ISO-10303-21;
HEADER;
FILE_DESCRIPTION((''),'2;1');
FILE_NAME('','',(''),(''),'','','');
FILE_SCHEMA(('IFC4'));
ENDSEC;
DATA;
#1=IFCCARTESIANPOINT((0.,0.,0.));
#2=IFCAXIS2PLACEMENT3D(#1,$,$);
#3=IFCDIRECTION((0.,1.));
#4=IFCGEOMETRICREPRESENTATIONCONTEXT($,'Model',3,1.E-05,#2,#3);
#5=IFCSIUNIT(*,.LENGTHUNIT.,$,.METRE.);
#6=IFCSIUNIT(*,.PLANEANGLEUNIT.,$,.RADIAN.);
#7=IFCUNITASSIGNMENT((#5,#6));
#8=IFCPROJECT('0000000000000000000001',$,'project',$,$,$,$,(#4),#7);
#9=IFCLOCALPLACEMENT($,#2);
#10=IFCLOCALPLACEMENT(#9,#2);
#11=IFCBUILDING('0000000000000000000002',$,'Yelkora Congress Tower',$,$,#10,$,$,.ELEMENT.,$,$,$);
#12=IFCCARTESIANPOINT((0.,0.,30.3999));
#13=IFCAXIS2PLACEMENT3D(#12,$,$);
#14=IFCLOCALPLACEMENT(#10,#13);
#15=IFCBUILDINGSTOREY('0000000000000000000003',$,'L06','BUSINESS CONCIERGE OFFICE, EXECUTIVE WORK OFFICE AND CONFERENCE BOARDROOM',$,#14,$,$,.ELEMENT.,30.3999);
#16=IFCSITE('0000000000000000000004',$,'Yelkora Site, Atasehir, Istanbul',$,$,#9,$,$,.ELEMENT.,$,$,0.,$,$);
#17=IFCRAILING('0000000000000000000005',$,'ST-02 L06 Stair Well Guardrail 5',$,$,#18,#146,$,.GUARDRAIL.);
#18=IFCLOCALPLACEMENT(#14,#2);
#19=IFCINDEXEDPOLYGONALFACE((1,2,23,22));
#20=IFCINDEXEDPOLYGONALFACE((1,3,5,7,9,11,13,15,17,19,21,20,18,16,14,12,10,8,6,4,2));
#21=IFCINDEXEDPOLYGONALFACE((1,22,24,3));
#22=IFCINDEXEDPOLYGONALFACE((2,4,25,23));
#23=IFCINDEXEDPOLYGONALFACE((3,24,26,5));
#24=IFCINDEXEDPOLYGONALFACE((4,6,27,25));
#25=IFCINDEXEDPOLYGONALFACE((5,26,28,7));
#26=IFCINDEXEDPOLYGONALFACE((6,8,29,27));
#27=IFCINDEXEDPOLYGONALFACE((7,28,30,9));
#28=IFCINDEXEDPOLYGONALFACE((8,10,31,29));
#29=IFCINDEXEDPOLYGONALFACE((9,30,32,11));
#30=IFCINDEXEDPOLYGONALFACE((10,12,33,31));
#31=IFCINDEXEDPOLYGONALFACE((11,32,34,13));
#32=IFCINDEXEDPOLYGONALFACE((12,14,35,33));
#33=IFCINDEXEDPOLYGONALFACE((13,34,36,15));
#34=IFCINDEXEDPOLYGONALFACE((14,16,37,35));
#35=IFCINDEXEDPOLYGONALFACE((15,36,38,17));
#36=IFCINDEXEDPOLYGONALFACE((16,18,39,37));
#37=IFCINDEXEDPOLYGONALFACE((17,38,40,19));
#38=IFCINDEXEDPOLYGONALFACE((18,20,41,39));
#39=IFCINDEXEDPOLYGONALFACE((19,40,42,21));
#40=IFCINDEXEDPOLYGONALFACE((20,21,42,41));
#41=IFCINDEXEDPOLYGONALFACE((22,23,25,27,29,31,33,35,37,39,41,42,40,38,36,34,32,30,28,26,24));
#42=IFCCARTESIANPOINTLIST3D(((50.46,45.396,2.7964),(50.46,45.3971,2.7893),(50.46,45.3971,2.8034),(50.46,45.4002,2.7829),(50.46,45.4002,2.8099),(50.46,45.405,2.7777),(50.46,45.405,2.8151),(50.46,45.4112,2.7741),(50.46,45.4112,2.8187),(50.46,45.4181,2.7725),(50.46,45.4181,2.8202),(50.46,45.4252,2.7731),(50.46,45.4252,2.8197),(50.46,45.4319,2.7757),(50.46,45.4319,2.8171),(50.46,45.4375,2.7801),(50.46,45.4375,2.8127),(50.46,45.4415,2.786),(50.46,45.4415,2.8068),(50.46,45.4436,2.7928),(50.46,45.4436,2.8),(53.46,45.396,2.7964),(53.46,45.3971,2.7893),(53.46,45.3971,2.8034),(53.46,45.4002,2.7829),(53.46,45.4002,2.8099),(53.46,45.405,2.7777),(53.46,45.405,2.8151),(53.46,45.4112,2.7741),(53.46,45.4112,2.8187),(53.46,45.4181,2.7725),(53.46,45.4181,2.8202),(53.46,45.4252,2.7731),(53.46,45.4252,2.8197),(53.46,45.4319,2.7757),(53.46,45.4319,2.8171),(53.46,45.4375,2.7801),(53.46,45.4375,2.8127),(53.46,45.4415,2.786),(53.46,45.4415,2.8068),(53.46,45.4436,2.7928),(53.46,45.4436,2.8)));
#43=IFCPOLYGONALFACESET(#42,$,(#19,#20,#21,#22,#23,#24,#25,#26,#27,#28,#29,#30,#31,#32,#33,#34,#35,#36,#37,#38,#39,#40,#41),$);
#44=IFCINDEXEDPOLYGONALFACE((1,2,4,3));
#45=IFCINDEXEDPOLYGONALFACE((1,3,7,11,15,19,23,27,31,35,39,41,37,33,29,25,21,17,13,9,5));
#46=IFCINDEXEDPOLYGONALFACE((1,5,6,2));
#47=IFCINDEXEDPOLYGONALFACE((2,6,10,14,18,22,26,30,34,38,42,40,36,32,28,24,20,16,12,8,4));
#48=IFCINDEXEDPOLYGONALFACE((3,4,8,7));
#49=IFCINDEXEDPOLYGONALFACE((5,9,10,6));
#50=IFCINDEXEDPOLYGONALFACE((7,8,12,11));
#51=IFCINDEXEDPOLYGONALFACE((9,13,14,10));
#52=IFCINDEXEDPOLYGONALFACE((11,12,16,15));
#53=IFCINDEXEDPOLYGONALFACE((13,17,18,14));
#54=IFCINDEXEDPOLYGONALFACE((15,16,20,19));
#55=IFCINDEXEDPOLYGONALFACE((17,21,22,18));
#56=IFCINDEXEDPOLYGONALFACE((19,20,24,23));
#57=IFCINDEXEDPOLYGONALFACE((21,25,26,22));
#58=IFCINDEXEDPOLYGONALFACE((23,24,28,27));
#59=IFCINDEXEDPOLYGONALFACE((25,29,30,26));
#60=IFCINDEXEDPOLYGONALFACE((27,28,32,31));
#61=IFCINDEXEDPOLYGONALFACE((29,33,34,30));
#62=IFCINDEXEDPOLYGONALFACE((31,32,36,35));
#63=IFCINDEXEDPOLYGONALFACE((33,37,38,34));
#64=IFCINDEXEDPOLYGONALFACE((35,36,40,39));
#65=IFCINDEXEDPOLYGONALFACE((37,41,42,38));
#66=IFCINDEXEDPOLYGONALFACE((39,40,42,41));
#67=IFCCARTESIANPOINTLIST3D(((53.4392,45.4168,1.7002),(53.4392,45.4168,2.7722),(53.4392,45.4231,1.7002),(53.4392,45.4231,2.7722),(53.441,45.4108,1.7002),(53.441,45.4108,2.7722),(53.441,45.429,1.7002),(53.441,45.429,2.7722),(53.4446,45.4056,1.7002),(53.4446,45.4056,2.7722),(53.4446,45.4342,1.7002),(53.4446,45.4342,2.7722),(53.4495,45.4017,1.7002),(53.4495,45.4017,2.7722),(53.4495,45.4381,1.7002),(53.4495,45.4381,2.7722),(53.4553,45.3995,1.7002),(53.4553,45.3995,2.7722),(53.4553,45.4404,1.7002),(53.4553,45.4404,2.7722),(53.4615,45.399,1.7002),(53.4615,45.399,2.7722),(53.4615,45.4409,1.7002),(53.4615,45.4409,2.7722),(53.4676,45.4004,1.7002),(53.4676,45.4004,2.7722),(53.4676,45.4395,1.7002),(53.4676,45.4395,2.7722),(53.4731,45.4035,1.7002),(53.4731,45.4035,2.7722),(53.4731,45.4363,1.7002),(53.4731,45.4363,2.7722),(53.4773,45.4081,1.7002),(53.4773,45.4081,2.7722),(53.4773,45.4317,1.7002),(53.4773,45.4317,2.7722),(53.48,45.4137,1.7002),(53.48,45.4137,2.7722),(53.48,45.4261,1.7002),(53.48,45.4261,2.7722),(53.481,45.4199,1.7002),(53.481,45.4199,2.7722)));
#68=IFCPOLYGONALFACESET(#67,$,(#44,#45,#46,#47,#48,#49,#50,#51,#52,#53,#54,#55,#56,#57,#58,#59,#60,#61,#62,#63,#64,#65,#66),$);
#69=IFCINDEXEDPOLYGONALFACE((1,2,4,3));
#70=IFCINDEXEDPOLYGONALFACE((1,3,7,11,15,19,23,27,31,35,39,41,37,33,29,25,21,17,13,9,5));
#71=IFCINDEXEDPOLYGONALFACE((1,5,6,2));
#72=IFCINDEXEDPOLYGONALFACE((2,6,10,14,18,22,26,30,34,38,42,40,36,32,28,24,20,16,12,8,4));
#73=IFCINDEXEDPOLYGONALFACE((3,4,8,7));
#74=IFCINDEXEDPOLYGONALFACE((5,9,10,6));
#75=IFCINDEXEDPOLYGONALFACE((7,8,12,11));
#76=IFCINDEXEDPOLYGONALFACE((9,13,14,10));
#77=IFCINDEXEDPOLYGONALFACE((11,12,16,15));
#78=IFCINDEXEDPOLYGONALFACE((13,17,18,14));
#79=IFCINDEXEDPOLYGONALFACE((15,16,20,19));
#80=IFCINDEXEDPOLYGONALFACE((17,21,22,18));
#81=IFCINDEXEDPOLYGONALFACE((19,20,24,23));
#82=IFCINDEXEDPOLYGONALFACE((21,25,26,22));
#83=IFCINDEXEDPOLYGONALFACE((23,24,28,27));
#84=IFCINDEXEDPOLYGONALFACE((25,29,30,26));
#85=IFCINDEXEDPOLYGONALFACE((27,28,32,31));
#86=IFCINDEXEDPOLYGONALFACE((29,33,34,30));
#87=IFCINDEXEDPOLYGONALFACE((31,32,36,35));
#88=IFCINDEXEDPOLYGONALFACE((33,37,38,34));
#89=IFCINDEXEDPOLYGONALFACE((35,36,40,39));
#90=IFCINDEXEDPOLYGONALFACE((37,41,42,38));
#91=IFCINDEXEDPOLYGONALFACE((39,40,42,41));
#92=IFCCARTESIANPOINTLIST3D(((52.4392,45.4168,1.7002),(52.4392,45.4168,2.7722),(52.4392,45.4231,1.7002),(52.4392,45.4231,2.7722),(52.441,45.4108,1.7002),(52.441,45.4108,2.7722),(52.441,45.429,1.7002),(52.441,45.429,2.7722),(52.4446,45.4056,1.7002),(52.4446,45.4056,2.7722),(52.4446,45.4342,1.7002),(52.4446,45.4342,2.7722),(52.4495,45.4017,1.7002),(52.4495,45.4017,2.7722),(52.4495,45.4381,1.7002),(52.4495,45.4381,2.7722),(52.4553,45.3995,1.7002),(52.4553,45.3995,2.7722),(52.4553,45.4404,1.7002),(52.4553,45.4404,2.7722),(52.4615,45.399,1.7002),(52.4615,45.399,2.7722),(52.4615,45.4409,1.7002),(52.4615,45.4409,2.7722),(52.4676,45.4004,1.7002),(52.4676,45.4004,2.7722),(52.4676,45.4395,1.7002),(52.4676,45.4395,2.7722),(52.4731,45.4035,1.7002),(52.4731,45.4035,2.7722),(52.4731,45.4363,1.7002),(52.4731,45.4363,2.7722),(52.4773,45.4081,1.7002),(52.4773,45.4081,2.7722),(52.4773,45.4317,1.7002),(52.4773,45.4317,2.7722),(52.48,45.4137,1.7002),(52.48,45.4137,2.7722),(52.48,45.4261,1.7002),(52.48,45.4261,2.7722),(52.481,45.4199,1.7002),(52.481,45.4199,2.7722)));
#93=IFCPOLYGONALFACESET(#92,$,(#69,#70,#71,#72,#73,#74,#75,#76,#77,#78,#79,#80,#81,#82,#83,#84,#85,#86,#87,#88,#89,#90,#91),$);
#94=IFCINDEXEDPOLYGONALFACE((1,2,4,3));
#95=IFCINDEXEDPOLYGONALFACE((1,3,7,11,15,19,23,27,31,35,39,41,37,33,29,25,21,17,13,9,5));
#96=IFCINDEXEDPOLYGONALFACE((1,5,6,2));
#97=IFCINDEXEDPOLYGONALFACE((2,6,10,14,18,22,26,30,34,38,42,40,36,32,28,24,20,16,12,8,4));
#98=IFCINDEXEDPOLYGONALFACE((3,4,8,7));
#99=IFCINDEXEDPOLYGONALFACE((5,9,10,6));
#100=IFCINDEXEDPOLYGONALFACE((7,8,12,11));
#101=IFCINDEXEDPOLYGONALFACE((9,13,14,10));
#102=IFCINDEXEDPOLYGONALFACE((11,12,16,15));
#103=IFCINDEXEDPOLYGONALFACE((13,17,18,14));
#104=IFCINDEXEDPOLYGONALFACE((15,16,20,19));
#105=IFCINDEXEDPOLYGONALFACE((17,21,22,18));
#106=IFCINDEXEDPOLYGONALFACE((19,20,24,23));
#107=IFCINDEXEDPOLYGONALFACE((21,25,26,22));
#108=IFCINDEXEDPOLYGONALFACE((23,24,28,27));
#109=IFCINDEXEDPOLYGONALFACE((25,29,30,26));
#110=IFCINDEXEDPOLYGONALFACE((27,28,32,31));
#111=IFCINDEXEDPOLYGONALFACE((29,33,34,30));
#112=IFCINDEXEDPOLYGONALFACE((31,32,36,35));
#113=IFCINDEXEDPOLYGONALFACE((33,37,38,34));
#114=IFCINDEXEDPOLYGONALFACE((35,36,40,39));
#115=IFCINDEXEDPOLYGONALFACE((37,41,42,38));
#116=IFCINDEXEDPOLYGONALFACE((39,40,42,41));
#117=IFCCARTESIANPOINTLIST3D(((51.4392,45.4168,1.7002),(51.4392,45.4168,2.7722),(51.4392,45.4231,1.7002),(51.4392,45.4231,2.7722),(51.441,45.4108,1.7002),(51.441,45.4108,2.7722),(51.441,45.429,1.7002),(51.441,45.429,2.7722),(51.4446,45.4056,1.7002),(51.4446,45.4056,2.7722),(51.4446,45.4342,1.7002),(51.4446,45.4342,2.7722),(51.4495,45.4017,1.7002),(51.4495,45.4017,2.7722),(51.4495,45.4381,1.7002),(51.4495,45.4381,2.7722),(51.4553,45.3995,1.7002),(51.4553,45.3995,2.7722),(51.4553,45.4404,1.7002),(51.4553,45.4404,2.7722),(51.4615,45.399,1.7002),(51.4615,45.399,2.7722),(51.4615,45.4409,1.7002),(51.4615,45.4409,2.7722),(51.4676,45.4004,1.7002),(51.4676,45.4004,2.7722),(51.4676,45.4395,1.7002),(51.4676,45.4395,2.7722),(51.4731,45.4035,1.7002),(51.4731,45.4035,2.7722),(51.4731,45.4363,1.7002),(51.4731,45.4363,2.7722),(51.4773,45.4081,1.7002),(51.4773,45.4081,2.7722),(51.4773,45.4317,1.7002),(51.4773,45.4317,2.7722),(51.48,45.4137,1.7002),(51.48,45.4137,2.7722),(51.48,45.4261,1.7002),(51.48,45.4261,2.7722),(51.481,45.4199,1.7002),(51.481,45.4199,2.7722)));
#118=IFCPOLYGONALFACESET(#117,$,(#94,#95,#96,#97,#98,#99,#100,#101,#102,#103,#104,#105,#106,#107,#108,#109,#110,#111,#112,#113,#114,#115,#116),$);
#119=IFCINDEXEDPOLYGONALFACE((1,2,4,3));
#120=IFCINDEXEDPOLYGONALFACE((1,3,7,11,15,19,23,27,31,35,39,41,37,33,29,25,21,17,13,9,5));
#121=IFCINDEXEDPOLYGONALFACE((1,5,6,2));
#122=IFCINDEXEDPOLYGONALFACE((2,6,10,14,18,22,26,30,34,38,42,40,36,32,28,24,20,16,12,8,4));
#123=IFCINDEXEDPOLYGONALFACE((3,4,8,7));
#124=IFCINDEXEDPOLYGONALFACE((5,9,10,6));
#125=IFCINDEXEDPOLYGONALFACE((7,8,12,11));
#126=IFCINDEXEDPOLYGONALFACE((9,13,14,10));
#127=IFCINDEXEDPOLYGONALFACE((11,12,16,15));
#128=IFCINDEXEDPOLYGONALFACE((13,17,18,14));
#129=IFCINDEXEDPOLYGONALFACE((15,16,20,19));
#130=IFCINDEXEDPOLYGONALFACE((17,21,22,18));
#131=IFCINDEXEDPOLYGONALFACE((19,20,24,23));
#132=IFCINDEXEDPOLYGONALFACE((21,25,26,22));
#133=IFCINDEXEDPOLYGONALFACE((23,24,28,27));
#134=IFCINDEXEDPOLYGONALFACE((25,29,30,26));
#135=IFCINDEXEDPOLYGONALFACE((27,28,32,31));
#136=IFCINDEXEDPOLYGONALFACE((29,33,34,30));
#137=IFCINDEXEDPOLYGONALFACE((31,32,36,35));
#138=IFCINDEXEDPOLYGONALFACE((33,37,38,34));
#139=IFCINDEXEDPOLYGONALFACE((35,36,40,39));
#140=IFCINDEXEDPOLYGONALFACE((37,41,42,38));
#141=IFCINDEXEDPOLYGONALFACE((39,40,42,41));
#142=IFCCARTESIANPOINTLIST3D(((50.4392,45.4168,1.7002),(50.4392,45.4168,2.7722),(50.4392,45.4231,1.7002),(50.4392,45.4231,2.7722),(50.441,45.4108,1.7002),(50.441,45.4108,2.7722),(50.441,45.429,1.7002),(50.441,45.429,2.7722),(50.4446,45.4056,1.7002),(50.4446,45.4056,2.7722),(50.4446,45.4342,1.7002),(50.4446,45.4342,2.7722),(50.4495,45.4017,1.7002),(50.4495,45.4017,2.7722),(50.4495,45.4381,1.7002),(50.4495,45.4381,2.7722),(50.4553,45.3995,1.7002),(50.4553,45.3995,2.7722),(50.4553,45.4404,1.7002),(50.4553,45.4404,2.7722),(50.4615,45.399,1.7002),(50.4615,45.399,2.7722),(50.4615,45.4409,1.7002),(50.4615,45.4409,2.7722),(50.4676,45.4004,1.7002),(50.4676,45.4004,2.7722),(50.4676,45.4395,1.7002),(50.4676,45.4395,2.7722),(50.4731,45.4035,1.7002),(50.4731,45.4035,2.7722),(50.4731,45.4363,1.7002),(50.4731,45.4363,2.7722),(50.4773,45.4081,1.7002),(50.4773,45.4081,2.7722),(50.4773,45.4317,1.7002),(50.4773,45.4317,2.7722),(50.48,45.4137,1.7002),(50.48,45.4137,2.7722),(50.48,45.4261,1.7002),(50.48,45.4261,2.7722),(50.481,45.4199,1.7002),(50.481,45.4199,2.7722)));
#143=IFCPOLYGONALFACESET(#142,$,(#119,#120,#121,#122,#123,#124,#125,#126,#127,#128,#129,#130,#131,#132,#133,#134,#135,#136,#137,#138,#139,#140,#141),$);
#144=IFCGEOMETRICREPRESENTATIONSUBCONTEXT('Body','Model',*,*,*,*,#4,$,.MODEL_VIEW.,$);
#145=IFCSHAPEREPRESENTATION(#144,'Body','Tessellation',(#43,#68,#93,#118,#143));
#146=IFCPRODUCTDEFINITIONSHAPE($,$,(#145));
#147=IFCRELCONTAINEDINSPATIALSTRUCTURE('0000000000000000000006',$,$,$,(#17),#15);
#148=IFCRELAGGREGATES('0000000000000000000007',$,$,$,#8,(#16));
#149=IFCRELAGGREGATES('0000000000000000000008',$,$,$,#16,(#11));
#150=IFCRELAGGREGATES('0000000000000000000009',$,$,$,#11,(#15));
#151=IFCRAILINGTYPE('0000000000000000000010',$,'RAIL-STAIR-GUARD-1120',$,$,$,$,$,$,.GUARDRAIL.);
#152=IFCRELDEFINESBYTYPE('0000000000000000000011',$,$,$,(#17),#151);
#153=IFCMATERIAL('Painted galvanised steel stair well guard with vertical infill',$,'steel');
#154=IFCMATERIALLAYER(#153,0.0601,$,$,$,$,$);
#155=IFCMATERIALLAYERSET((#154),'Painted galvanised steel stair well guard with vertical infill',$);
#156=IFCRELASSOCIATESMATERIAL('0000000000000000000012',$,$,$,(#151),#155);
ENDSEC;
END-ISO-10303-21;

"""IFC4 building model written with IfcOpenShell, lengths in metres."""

from ifc_helpers import new_model, si_unit, direction, frame, origin, origin_2d, place, context, subcontext, project, spatial, circle, extrude, material, layer, layer_set, type_object, element, save


model = new_model("IFC4")

# Units and contexts
model_context = context("Model", 3, precision=1e-05, world=origin(), true_north=direction((0.0, 1.0)))
body_context = subcontext(model_context, "Body", "Model", "MODEL_VIEW")
ifc_project = project(units=[si_unit("LENGTHUNIT", "METRE"), si_unit("PLANEANGLEUNIT", "RADIAN")], contexts=[model_context])

# Site, building, storey
site_placement = place(None, origin())
site = spatial("IfcSite", under=ifc_project, at=site_placement, Name="Yelkora Site, Atasehir, Istanbul", CompositionType="ELEMENT", RefElevation=0.0)
building_placement = place(site_placement, origin())
building = spatial("IfcBuilding", under=site, at=building_placement, Name="Yelkora Congress Tower", CompositionType="ELEMENT")
storey_placement = place(building_placement, frame((0.0, 0.0, 30.3999)))
storey = spatial("IfcBuildingStorey", under=building, at=storey_placement, Name="L06", Description="BUSINESS CONCIERGE OFFICE, EXECUTIVE WORK OFFICE AND CONFERENCE BOARDROOM", CompositionType="ELEMENT", Elevation=30.3999)

# Railing
ifc_material_1 = material(Name="Painted galvanised steel stair well guard with vertical infill", Category="steel")
ifc_layer_1 = layer(ifc_material_1, 0.0601)
ifc_layer_set_1 = layer_set([ifc_layer_1], Name="Painted galvanised steel stair well guard with vertical infill")
railing_type_1 = type_object("IfcRailingType", Name="RAIL-STAIR-GUARD-1120", PredefinedType="GUARDRAIL", material=ifc_layer_set_1)
railing_1_placement = place(storey_placement, frame((53.46, 45.4199, 1.7002)))
element("IfcRailing", 1, at=railing_1_placement, inside=storey, type_object=railing_type_1, Name="ST-02 L06 Stair Well Guardrail 5", PredefinedType="GUARDRAIL", context=body_context, shape_type="SweptSolid", body=[
    extrude(circle(Radius=0.0239, at=origin_2d()), frame((0.0, 0.0, 1.0962), z_axis=(-1.0, 0.0, 0.0), x_axis=(0.0, -1.0, 0.0)), (0.0, 0.0, 1.0), 3.0),
    extrude(circle(Radius=0.021, at=origin_2d()), origin(), (0.0, 0.0, 1.0), 1.072),
    extrude(circle(Radius=0.021, at=origin_2d()), frame((-1.0, 0.0, 0.0)), (0.0, 0.0, 1.0), 1.072),
    extrude(circle(Radius=0.021, at=origin_2d()), frame((-2.0, 0.0, 0.0)), (0.0, 0.0, 1.0), 1.072),
    extrude(circle(Radius=0.021, at=origin_2d()), frame((-3.0, 0.0, 0.0)), (0.0, 0.0, 1.0), 1.072),
])

save(model, "model.ifc")
